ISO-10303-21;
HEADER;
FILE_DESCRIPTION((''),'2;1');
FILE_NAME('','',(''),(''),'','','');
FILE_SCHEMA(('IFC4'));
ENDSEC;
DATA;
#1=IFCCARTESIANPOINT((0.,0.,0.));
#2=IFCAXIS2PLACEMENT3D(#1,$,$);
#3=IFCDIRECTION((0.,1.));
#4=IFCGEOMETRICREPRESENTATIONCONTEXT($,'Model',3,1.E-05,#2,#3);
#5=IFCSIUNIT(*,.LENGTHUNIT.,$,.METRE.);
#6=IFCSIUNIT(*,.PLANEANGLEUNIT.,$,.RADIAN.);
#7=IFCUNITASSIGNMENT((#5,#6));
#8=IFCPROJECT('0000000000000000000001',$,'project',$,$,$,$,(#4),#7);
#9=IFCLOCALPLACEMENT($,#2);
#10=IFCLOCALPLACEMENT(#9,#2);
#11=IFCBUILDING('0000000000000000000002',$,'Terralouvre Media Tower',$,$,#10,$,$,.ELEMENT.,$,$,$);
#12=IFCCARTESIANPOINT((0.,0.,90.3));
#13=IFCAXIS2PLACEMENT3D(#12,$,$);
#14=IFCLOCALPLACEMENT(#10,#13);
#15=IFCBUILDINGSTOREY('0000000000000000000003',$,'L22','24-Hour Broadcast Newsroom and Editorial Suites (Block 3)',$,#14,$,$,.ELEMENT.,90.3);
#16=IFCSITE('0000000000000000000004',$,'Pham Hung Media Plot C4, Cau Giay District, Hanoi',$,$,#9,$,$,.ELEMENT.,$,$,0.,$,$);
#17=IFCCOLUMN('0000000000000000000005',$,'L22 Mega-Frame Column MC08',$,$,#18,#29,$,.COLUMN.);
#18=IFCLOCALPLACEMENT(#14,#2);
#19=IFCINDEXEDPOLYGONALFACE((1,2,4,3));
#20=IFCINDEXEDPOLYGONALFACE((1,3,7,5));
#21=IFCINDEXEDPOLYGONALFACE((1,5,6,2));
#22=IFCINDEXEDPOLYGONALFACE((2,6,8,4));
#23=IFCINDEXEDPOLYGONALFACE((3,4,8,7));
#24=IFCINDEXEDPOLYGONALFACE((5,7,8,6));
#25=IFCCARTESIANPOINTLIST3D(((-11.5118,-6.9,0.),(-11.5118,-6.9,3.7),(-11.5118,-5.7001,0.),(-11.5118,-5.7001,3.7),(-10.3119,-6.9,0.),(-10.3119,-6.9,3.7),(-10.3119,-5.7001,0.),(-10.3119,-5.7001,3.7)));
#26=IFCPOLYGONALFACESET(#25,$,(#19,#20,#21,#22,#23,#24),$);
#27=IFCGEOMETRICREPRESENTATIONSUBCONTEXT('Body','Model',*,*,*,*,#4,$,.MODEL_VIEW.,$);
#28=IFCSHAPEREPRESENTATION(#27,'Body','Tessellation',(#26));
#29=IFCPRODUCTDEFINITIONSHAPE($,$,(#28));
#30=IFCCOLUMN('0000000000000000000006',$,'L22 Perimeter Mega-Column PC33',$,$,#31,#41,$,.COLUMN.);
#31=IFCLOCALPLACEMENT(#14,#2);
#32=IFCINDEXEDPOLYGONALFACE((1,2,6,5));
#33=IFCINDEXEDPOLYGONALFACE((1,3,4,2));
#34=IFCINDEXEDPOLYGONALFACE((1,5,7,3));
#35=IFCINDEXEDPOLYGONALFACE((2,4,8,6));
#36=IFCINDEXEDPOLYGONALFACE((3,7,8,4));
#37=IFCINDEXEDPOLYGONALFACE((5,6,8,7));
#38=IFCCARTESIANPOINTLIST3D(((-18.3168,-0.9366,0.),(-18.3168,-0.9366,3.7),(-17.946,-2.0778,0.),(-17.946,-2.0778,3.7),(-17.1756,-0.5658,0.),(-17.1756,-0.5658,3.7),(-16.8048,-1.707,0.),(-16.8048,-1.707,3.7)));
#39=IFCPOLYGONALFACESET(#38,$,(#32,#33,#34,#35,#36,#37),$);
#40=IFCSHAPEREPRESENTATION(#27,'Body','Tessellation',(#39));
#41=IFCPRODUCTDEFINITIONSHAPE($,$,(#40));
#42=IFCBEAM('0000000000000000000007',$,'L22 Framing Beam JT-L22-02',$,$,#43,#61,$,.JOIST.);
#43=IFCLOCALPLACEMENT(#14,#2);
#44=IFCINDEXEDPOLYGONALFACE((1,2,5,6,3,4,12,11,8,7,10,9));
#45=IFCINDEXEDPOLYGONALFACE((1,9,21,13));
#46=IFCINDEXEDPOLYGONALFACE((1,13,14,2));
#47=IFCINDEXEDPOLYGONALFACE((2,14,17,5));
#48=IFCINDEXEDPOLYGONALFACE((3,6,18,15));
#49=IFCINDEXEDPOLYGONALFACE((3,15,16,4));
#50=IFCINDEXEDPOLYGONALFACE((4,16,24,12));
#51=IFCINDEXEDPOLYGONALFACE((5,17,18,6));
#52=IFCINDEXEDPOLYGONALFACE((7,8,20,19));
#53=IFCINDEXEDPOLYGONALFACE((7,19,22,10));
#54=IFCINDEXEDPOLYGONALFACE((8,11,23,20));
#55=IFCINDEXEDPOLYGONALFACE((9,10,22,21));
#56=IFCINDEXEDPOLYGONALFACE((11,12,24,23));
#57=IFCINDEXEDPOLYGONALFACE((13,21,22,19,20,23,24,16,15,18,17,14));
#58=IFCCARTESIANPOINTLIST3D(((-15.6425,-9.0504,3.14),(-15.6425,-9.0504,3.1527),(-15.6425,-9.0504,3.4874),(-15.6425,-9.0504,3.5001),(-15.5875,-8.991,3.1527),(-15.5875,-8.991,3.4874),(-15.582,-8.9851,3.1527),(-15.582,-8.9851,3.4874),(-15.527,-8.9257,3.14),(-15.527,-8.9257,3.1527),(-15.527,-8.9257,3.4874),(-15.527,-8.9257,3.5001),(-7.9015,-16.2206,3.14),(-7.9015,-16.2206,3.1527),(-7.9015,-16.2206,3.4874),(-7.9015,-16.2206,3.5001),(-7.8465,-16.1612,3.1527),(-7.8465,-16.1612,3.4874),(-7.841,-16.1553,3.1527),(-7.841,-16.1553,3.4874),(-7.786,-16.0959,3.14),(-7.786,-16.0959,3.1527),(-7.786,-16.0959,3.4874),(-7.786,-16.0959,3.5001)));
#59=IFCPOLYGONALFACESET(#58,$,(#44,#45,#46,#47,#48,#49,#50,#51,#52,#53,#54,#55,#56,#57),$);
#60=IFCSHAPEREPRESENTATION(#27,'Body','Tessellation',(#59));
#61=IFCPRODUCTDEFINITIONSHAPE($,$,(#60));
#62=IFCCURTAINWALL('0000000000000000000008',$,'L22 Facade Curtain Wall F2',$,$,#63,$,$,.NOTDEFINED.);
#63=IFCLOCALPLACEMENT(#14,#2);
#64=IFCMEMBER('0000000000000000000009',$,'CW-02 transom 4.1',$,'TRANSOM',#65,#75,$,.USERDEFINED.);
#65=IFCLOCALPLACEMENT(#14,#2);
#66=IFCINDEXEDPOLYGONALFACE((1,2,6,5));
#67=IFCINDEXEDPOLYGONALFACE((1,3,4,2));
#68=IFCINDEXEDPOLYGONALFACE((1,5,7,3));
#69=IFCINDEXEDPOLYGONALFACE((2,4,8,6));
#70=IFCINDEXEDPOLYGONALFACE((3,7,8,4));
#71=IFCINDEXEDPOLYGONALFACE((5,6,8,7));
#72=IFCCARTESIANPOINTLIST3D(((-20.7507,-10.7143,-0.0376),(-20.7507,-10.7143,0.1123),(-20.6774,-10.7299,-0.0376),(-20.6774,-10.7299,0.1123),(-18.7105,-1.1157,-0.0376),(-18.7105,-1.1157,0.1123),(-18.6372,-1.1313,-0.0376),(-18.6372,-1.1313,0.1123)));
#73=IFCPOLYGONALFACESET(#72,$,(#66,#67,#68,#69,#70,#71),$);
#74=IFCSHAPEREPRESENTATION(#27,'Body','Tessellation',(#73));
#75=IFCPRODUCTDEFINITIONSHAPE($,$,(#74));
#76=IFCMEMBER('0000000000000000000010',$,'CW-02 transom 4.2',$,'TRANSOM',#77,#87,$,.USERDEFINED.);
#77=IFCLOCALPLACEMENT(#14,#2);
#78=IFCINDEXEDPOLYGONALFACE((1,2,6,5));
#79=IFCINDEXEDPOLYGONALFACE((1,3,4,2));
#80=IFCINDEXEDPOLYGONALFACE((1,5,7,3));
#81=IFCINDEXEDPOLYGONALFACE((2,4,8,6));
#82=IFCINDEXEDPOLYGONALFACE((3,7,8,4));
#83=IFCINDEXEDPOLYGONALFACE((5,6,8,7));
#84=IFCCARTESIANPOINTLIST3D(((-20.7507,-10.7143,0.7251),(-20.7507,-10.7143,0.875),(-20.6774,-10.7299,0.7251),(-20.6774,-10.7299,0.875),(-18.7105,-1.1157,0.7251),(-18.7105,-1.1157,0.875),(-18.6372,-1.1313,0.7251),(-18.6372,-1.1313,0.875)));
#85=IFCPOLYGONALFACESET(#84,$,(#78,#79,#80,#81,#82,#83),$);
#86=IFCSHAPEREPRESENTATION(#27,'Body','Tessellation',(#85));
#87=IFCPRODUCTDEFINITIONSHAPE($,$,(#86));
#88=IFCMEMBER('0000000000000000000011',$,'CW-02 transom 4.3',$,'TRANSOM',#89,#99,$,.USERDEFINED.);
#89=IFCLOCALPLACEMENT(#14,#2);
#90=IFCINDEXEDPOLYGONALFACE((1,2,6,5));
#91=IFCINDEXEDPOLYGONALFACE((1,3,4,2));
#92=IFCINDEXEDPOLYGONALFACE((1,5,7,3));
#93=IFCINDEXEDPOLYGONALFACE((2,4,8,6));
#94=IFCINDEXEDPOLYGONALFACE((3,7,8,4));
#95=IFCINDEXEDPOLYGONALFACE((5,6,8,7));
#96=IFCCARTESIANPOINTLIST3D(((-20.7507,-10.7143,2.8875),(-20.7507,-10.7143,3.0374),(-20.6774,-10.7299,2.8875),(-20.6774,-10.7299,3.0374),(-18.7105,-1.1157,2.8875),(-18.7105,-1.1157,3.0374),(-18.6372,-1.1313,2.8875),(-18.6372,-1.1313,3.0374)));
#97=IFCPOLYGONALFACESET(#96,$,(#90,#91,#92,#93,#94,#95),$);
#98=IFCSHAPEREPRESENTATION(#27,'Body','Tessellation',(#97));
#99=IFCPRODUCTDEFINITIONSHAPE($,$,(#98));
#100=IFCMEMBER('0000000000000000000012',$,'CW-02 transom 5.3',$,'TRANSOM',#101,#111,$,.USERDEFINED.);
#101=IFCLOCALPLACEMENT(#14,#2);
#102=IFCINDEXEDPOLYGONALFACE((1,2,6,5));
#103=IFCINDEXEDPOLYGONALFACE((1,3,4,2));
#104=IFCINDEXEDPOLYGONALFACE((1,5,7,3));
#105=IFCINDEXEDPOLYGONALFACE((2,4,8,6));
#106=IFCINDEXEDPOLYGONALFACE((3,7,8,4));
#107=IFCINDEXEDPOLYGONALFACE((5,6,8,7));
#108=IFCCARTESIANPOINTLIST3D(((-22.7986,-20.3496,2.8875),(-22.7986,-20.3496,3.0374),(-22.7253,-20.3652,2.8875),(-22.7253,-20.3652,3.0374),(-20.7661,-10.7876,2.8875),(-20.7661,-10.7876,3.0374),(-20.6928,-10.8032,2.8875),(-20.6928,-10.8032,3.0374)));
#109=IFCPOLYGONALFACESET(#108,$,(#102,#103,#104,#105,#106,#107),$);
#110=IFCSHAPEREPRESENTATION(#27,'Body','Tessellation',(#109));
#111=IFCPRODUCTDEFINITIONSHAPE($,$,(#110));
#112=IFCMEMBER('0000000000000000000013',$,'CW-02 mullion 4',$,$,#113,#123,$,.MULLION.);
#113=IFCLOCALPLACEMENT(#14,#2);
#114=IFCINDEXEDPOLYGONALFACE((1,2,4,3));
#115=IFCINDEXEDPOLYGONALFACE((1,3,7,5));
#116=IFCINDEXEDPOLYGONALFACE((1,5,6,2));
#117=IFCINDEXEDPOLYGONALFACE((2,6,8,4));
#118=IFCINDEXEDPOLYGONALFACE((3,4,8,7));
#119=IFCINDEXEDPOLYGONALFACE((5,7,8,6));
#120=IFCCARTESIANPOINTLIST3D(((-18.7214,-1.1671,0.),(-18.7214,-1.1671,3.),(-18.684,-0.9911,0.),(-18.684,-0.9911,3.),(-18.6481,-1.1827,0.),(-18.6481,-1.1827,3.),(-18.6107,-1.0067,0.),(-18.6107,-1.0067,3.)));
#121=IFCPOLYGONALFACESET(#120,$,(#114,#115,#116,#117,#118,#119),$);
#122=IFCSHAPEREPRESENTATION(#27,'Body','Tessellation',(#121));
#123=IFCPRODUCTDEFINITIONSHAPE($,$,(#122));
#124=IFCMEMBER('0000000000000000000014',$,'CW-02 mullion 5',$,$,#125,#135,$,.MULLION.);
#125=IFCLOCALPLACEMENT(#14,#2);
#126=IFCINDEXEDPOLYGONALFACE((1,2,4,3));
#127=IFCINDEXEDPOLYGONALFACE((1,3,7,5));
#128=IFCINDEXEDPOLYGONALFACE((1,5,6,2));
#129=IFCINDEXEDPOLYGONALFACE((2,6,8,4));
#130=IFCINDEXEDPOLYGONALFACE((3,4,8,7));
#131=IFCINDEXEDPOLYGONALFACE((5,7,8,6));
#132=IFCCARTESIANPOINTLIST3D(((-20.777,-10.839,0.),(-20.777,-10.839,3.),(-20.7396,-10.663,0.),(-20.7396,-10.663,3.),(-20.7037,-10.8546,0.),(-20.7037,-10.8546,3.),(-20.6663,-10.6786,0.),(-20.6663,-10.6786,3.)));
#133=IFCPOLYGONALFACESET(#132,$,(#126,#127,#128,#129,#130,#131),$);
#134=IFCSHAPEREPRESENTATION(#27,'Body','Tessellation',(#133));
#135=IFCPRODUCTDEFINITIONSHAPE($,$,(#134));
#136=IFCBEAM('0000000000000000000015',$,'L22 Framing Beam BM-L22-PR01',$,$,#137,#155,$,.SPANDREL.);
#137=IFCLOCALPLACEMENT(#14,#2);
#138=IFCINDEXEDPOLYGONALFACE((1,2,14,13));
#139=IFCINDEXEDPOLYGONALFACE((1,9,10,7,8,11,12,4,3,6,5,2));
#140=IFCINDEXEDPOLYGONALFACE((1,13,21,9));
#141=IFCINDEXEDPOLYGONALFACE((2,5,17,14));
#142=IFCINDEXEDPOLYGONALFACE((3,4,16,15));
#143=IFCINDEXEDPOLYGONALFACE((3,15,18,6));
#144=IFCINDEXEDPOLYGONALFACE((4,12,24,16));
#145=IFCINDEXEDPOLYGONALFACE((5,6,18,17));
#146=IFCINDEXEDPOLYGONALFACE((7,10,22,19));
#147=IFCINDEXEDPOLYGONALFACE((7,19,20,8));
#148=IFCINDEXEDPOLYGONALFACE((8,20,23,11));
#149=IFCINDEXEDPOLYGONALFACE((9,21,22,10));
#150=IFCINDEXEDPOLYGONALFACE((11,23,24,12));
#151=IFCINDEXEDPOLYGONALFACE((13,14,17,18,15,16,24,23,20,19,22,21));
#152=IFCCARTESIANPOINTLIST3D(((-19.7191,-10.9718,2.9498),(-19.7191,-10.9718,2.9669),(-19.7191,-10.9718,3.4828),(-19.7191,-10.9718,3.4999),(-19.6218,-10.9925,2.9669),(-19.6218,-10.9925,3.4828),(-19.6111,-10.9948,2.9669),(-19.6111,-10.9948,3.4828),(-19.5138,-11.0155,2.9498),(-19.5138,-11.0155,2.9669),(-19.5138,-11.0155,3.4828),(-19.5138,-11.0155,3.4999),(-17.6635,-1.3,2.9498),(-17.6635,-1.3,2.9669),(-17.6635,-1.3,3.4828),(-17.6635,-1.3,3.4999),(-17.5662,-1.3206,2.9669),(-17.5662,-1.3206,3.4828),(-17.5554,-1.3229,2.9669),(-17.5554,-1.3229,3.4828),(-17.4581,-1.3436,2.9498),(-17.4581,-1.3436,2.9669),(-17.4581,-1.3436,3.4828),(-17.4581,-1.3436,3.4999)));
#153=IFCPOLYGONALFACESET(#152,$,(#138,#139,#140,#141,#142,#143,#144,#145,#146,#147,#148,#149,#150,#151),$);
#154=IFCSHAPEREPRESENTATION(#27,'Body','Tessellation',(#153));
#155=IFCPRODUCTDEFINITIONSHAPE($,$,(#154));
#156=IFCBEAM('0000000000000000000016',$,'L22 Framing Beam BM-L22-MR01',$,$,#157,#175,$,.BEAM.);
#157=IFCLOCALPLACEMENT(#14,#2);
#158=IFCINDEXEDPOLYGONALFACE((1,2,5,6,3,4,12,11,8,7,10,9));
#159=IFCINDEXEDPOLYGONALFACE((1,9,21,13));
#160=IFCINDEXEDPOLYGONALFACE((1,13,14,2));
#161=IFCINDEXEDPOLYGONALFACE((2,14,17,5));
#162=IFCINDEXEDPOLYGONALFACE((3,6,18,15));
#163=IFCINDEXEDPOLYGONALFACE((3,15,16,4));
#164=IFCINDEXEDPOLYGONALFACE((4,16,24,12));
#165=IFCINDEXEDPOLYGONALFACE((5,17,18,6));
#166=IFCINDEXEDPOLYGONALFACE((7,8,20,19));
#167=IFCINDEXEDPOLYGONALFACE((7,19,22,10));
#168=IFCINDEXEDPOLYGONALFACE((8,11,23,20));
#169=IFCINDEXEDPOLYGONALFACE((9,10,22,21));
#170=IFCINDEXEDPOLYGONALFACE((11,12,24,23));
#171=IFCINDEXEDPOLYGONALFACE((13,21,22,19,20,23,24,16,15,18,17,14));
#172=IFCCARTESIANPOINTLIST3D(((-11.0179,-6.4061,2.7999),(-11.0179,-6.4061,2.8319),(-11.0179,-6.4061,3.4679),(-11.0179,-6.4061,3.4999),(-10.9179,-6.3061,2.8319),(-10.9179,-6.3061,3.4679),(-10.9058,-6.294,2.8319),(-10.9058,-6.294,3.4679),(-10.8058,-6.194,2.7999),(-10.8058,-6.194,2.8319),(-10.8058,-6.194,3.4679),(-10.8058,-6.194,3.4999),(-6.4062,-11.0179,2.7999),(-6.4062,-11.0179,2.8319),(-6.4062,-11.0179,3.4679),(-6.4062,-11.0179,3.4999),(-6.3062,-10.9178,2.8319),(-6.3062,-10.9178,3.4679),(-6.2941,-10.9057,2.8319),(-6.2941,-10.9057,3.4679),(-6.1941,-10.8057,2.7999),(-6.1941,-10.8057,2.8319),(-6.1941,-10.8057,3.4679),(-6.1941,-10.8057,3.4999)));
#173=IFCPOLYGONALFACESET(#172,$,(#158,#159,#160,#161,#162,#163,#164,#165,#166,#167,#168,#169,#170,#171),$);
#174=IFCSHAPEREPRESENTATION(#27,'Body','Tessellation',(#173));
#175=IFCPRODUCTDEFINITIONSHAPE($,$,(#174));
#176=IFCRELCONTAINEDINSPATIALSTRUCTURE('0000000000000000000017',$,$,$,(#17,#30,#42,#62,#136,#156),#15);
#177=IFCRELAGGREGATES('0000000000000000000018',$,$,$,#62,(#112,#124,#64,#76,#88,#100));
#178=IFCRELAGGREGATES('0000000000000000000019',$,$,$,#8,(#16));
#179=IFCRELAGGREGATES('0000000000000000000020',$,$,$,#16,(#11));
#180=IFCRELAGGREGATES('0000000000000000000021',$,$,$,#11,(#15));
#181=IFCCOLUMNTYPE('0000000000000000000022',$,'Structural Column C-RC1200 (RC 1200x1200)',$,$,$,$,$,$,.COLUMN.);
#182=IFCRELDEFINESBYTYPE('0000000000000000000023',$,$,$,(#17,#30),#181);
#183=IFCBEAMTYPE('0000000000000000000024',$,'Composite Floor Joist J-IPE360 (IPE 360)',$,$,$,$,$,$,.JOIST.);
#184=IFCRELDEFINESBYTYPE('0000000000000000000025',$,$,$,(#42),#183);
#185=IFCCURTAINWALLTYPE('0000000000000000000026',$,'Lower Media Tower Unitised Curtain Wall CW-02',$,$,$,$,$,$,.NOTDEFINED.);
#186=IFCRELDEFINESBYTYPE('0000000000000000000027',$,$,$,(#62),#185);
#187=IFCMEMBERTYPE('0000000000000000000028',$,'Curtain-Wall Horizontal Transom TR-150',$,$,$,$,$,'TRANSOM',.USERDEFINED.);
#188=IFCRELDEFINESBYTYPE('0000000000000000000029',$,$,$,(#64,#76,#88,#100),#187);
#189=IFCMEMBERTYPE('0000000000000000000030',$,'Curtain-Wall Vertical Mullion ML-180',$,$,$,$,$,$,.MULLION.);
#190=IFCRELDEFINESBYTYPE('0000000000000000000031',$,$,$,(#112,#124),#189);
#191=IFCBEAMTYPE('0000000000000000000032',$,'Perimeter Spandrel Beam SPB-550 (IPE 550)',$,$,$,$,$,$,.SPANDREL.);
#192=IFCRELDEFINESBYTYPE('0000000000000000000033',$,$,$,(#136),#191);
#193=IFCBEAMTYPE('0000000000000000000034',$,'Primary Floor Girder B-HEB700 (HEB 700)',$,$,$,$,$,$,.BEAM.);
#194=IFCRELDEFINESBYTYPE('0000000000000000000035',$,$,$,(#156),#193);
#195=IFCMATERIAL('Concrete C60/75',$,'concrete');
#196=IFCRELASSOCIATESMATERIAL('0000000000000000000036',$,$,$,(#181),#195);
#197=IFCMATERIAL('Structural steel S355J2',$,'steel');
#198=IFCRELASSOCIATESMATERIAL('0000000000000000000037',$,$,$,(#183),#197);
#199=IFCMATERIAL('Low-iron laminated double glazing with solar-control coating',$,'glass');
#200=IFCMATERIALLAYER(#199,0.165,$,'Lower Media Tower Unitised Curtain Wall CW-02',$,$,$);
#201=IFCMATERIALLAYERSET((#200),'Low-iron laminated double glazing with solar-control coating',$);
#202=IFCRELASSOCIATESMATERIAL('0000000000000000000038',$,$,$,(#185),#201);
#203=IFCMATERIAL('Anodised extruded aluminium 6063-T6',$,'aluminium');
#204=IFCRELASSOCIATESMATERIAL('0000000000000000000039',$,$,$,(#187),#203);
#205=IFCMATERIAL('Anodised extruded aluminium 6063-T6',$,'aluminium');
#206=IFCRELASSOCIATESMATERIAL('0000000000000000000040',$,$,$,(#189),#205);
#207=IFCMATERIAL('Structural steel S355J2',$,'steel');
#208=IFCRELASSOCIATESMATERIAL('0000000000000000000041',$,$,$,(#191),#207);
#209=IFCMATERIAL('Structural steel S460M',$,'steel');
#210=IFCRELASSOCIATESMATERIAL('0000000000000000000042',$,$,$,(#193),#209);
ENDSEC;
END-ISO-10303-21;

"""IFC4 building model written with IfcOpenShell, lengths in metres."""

from ifc_helpers import new_model, si_unit, direction, frame, origin, origin_2d, place, context, subcontext, project, spatial, rectangle, i_section, extrude, material, layer, layer_set, material_profile, profile_set, type_object, element, aggregate, save


model = new_model("IFC4")

# Units and contexts
model_context = context("Model", 3, precision=1e-05, world=origin(), true_north=direction((0.0, 1.0)))
body_context = subcontext(model_context, "Body", "Model", "MODEL_VIEW")
ifc_project = project(units=[si_unit("LENGTHUNIT", "METRE"), si_unit("PLANEANGLEUNIT", "RADIAN")], contexts=[model_context])

# Site, building, storey
site_placement = place(None, origin())
site = spatial("IfcSite", under=ifc_project, at=site_placement, Name="Pham Hung Media Plot C4, Cau Giay District, Hanoi", CompositionType="ELEMENT", RefElevation=0.0)
building_placement = place(site_placement, origin())
building = spatial("IfcBuilding", under=site, at=building_placement, Name="Terralouvre Media Tower", CompositionType="ELEMENT")
storey_placement = place(building_placement, frame((0.0, 0.0, 90.3)))
storey = spatial("IfcBuildingStorey", under=building, at=storey_placement, Name="L22", Description="24-Hour Broadcast Newsroom and Editorial Suites (Block 3)", CompositionType="ELEMENT", Elevation=90.3)

# Columns
ifc_material_1 = material(Name="Concrete C60/75", Category="concrete")
ifc_material_profile_1 = material_profile(ifc_material_1, rectangle(XDim=1.2, YDim=1.2, at=origin_2d()), Name="RC 1200x1200")
ifc_profile_set_1 = profile_set([ifc_material_profile_1], Name="Concrete C60/75")
column_type = type_object("IfcColumnType", Name="Structural Column C-RC1200 (RC 1200x1200)", PredefinedType="COLUMN", material=ifc_profile_set_1)
for number, where, z_axis, x_axis, name in (
    (1, (-10.9119, -6.3, 0.0), (0.0, 0.0, 1.0), (1.0, 0.0, 0.0), "L22 Mega-Frame Column MC08"),
    (2, (-17.5608, -1.3218, 0.0), (0.0, 0.0, 1.0), (0.951057, 0.309017, 0.0), "L22 Perimeter Mega-Column PC33"),
):
    element("IfcColumn", number, at=place(storey_placement, frame(where, z_axis=z_axis, x_axis=x_axis)), inside=storey, type_object=column_type, Name=name, PredefinedType="COLUMN", context=body_context, shape_type="SweptSolid", body=[
        extrude(rectangle(XDim=1.2, YDim=1.2, at=origin_2d()), origin(), (0.0, 0.0, 1.0), 3.7),
    ])

# Beam
ifc_material_2 = material(Name="Structural steel S355J2", Category="steel")
ifc_material_profile_2 = material_profile(ifc_material_2, i_section(OverallWidth=0.1699, OverallDepth=0.3601, WebThickness=0.0081, FlangeThickness=0.0127, at=origin_2d()), Name="IPE 360")
ifc_profile_set_2 = profile_set([ifc_material_profile_2], Name="Structural steel S355J2")
beam_type_1 = type_object("IfcBeamType", Name="Composite Floor Joist J-IPE360 (IPE 360)", PredefinedType="JOIST", material=ifc_profile_set_2)
beam_1_placement = place(storey_placement, frame((-15.5847, -8.988, 3.3201), z_axis=(0.733638, -0.679541, 0.0), x_axis=(0.679541, 0.733638, 0.0)))
element("IfcBeam", 3, at=beam_1_placement, inside=storey, type_object=beam_type_1, Name="L22 Framing Beam JT-L22-02", PredefinedType="JOIST", context=body_context, shape_type="SweptSolid", body=[
    extrude(i_section(OverallWidth=0.1699, OverallDepth=0.3601, WebThickness=0.0081, FlangeThickness=0.0127, at=origin_2d()), origin(), (0.0, 0.0, 1.0), 10.5515),
])

# Curtain wall, members
ifc_material_3 = material(Name="Low-iron laminated double glazing with solar-control coating", Category="glass")
ifc_layer_1 = layer(ifc_material_3, 0.165, Name="Lower Media Tower Unitised Curtain Wall CW-02")
ifc_layer_set_1 = layer_set([ifc_layer_1], Name="Low-iron laminated double glazing with solar-control coating")
curtain_wall_type = type_object("IfcCurtainWallType", Name="Lower Media Tower Unitised Curtain Wall CW-02", PredefinedType="NOTDEFINED", material=ifc_layer_set_1)
curtain_wall_placement = place(storey_placement, origin())
curtain_wall = element("IfcCurtainWall", 4, at=curtain_wall_placement, inside=storey, type_object=curtain_wall_type, Name="L22 Facade Curtain Wall F2", PredefinedType="NOTDEFINED")
ifc_material_4 = material(Name="Anodised extruded aluminium 6063-T6", Category="aluminium")
ifc_material_profile_3 = material_profile(ifc_material_4, rectangle(XDim=0.075, YDim=0.1499, at=origin_2d()), Name="ALU 75x150")
ifc_profile_set_3 = profile_set([ifc_material_profile_3], Name="Anodised extruded aluminium 6063-T6")
member_type_1 = type_object("IfcMemberType", Name="Curtain-Wall Horizontal Transom TR-150", ElementType="TRANSOM", PredefinedType="USERDEFINED", material=ifc_profile_set_3)
member_1_placement = place(storey_placement, frame((-18.6738, -1.1235, 0.0374), z_axis=(-0.207915, -0.978147, 0.0), x_axis=(0.978147, -0.207915, 0.0)))
member_1 = element("IfcMember", 5, at=member_1_placement, type_object=member_type_1, Name="CW-02 transom 4.1", ObjectType="TRANSOM", PredefinedType="USERDEFINED", context=body_context, shape_type="SweptSolid", body=[
    extrude(rectangle(XDim=0.075, YDim=0.1499, at=origin_2d()), origin(), (0.0, 0.0, 1.0), 9.813),
])
member_2_placement = place(storey_placement, frame((-18.6738, -1.1235, 0.8), z_axis=(-0.207915, -0.978147, 0.0), x_axis=(0.978147, -0.207915, 0.0)))
member_2 = element("IfcMember", 6, at=member_2_placement, type_object=member_type_1, Name="CW-02 transom 4.2", ObjectType="TRANSOM", PredefinedType="USERDEFINED", context=body_context, shape_type="SweptSolid", body=[
    extrude(rectangle(XDim=0.075, YDim=0.1499, at=origin_2d()), origin(), (0.0, 0.0, 1.0), 9.813),
])
member_3_placement = place(storey_placement, frame((-18.6738, -1.1235, 2.9624), z_axis=(-0.207915, -0.978147, 0.0), x_axis=(0.978147, -0.207915, 0.0)))
member_3 = element("IfcMember", 7, at=member_3_placement, type_object=member_type_1, Name="CW-02 transom 4.3", ObjectType="TRANSOM", PredefinedType="USERDEFINED", context=body_context, shape_type="SweptSolid", body=[
    extrude(rectangle(XDim=0.075, YDim=0.1499, at=origin_2d()), origin(), (0.0, 0.0, 1.0), 9.813),
])
member_4_placement = place(storey_placement, frame((-20.7295, -10.7954, 2.9624), z_axis=(-0.207912, -0.978148, 0.0), x_axis=(0.978148, -0.207912, 0.0)))
member_4 = element("IfcMember", 8, at=member_4_placement, type_object=member_type_1, Name="CW-02 transom 5.3", ObjectType="TRANSOM", PredefinedType="USERDEFINED", context=body_context, shape_type="SweptSolid", body=[
    extrude(rectangle(XDim=0.075, YDim=0.1499, at=origin_2d()), origin(), (0.0, 0.0, 1.0), 9.7756),
])
ifc_material_5 = material(Name="Anodised extruded aluminium 6063-T6", Category="aluminium")
ifc_material_profile_4 = material_profile(ifc_material_5, rectangle(XDim=0.075, YDim=0.1799, at=origin_2d()), Name="ALU 75x180")
ifc_profile_set_4 = profile_set([ifc_material_profile_4], Name="Anodised extruded aluminium 6063-T6")
member_type_2 = type_object("IfcMemberType", Name="Curtain-Wall Vertical Mullion ML-180", PredefinedType="MULLION", material=ifc_profile_set_4)
member_5_placement = place(storey_placement, frame((-18.666, -1.0869, 0.0), z_axis=(0.0, 0.0, 1.0), x_axis=(0.978148, -0.207912, 0.0)))
member_5 = element("IfcMember", 9, at=member_5_placement, type_object=member_type_2, Name="CW-02 mullion 4", PredefinedType="MULLION", context=body_context, shape_type="SweptSolid", body=[
    extrude(rectangle(XDim=0.075, YDim=0.1799, at=origin_2d()), origin(), (0.0, 0.0, 1.0), 3.0),
])
member_6_placement = place(storey_placement, frame((-20.7217, -10.7588, 0.0), z_axis=(0.0, 0.0, 1.0), x_axis=(0.978148, -0.207912, 0.0)))
member_6 = element("IfcMember", 10, at=member_6_placement, type_object=member_type_2, Name="CW-02 mullion 5", PredefinedType="MULLION", context=body_context, shape_type="SweptSolid", body=[
    extrude(rectangle(XDim=0.075, YDim=0.1799, at=origin_2d()), origin(), (0.0, 0.0, 1.0), 3.0),
])

# Beams
ifc_material_6 = material(Name="Structural steel S355J2", Category="steel")
ifc_material_profile_5 = material_profile(ifc_material_6, i_section(OverallWidth=0.21, OverallDepth=0.55, WebThickness=0.011, FlangeThickness=0.0171, at=origin_2d()), Name="IPE 550")
ifc_profile_set_5 = profile_set([ifc_material_profile_5], Name="Structural steel S355J2")
beam_type_2 = type_object("IfcBeamType", Name="Perimeter Spandrel Beam SPB-550 (IPE 550)", PredefinedType="SPANDREL", material=ifc_profile_set_5)
beam_2_placement = place(storey_placement, frame((-17.5608, -1.3218, 3.2249), z_axis=(-0.207897, -0.978151, 0.0), x_axis=(0.978151, -0.207897, 0.0)))
element("IfcBeam", 11, at=beam_2_placement, inside=storey, type_object=beam_type_2, Name="L22 Framing Beam BM-L22-PR01", PredefinedType="SPANDREL", context=body_context, shape_type="SweptSolid", body=[
    extrude(i_section(OverallWidth=0.21, OverallDepth=0.55, WebThickness=0.011, FlangeThickness=0.0171, at=origin_2d()), origin(), (0.0, 0.0, 1.0), 9.8879),
])
ifc_material_7 = material(Name="Structural steel S460M", Category="steel")
ifc_material_profile_6 = material_profile(ifc_material_7, i_section(OverallWidth=0.3, OverallDepth=0.7, WebThickness=0.0171, FlangeThickness=0.032, at=origin_2d()), Name="HEB 700")
ifc_profile_set_6 = profile_set([ifc_material_profile_6], Name="Structural steel S460M")
beam_type_3 = type_object("IfcBeamType", Name="Primary Floor Girder B-HEB700 (HEB 700)", PredefinedType="BEAM", material=ifc_profile_set_6)
beam_3_placement = place(storey_placement, frame((-10.9119, -6.3, 3.1499), z_axis=(0.707107, -0.707107, 0.0), x_axis=(0.707107, 0.707107, 0.0)))
element("IfcBeam", 12, at=beam_3_placement, inside=storey, type_object=beam_type_3, Name="L22 Framing Beam BM-L22-MR01", PredefinedType="BEAM", context=body_context, shape_type="SweptSolid", body=[
    extrude(i_section(OverallWidth=0.3, OverallDepth=0.7, WebThickness=0.0171, FlangeThickness=0.032, at=origin_2d()), origin(), (0.0, 0.0, 1.0), 6.522),
])

aggregate(curtain_wall, [member_5, member_6, member_1, member_2, member_3, member_4])

save(model, "model.ifc")
